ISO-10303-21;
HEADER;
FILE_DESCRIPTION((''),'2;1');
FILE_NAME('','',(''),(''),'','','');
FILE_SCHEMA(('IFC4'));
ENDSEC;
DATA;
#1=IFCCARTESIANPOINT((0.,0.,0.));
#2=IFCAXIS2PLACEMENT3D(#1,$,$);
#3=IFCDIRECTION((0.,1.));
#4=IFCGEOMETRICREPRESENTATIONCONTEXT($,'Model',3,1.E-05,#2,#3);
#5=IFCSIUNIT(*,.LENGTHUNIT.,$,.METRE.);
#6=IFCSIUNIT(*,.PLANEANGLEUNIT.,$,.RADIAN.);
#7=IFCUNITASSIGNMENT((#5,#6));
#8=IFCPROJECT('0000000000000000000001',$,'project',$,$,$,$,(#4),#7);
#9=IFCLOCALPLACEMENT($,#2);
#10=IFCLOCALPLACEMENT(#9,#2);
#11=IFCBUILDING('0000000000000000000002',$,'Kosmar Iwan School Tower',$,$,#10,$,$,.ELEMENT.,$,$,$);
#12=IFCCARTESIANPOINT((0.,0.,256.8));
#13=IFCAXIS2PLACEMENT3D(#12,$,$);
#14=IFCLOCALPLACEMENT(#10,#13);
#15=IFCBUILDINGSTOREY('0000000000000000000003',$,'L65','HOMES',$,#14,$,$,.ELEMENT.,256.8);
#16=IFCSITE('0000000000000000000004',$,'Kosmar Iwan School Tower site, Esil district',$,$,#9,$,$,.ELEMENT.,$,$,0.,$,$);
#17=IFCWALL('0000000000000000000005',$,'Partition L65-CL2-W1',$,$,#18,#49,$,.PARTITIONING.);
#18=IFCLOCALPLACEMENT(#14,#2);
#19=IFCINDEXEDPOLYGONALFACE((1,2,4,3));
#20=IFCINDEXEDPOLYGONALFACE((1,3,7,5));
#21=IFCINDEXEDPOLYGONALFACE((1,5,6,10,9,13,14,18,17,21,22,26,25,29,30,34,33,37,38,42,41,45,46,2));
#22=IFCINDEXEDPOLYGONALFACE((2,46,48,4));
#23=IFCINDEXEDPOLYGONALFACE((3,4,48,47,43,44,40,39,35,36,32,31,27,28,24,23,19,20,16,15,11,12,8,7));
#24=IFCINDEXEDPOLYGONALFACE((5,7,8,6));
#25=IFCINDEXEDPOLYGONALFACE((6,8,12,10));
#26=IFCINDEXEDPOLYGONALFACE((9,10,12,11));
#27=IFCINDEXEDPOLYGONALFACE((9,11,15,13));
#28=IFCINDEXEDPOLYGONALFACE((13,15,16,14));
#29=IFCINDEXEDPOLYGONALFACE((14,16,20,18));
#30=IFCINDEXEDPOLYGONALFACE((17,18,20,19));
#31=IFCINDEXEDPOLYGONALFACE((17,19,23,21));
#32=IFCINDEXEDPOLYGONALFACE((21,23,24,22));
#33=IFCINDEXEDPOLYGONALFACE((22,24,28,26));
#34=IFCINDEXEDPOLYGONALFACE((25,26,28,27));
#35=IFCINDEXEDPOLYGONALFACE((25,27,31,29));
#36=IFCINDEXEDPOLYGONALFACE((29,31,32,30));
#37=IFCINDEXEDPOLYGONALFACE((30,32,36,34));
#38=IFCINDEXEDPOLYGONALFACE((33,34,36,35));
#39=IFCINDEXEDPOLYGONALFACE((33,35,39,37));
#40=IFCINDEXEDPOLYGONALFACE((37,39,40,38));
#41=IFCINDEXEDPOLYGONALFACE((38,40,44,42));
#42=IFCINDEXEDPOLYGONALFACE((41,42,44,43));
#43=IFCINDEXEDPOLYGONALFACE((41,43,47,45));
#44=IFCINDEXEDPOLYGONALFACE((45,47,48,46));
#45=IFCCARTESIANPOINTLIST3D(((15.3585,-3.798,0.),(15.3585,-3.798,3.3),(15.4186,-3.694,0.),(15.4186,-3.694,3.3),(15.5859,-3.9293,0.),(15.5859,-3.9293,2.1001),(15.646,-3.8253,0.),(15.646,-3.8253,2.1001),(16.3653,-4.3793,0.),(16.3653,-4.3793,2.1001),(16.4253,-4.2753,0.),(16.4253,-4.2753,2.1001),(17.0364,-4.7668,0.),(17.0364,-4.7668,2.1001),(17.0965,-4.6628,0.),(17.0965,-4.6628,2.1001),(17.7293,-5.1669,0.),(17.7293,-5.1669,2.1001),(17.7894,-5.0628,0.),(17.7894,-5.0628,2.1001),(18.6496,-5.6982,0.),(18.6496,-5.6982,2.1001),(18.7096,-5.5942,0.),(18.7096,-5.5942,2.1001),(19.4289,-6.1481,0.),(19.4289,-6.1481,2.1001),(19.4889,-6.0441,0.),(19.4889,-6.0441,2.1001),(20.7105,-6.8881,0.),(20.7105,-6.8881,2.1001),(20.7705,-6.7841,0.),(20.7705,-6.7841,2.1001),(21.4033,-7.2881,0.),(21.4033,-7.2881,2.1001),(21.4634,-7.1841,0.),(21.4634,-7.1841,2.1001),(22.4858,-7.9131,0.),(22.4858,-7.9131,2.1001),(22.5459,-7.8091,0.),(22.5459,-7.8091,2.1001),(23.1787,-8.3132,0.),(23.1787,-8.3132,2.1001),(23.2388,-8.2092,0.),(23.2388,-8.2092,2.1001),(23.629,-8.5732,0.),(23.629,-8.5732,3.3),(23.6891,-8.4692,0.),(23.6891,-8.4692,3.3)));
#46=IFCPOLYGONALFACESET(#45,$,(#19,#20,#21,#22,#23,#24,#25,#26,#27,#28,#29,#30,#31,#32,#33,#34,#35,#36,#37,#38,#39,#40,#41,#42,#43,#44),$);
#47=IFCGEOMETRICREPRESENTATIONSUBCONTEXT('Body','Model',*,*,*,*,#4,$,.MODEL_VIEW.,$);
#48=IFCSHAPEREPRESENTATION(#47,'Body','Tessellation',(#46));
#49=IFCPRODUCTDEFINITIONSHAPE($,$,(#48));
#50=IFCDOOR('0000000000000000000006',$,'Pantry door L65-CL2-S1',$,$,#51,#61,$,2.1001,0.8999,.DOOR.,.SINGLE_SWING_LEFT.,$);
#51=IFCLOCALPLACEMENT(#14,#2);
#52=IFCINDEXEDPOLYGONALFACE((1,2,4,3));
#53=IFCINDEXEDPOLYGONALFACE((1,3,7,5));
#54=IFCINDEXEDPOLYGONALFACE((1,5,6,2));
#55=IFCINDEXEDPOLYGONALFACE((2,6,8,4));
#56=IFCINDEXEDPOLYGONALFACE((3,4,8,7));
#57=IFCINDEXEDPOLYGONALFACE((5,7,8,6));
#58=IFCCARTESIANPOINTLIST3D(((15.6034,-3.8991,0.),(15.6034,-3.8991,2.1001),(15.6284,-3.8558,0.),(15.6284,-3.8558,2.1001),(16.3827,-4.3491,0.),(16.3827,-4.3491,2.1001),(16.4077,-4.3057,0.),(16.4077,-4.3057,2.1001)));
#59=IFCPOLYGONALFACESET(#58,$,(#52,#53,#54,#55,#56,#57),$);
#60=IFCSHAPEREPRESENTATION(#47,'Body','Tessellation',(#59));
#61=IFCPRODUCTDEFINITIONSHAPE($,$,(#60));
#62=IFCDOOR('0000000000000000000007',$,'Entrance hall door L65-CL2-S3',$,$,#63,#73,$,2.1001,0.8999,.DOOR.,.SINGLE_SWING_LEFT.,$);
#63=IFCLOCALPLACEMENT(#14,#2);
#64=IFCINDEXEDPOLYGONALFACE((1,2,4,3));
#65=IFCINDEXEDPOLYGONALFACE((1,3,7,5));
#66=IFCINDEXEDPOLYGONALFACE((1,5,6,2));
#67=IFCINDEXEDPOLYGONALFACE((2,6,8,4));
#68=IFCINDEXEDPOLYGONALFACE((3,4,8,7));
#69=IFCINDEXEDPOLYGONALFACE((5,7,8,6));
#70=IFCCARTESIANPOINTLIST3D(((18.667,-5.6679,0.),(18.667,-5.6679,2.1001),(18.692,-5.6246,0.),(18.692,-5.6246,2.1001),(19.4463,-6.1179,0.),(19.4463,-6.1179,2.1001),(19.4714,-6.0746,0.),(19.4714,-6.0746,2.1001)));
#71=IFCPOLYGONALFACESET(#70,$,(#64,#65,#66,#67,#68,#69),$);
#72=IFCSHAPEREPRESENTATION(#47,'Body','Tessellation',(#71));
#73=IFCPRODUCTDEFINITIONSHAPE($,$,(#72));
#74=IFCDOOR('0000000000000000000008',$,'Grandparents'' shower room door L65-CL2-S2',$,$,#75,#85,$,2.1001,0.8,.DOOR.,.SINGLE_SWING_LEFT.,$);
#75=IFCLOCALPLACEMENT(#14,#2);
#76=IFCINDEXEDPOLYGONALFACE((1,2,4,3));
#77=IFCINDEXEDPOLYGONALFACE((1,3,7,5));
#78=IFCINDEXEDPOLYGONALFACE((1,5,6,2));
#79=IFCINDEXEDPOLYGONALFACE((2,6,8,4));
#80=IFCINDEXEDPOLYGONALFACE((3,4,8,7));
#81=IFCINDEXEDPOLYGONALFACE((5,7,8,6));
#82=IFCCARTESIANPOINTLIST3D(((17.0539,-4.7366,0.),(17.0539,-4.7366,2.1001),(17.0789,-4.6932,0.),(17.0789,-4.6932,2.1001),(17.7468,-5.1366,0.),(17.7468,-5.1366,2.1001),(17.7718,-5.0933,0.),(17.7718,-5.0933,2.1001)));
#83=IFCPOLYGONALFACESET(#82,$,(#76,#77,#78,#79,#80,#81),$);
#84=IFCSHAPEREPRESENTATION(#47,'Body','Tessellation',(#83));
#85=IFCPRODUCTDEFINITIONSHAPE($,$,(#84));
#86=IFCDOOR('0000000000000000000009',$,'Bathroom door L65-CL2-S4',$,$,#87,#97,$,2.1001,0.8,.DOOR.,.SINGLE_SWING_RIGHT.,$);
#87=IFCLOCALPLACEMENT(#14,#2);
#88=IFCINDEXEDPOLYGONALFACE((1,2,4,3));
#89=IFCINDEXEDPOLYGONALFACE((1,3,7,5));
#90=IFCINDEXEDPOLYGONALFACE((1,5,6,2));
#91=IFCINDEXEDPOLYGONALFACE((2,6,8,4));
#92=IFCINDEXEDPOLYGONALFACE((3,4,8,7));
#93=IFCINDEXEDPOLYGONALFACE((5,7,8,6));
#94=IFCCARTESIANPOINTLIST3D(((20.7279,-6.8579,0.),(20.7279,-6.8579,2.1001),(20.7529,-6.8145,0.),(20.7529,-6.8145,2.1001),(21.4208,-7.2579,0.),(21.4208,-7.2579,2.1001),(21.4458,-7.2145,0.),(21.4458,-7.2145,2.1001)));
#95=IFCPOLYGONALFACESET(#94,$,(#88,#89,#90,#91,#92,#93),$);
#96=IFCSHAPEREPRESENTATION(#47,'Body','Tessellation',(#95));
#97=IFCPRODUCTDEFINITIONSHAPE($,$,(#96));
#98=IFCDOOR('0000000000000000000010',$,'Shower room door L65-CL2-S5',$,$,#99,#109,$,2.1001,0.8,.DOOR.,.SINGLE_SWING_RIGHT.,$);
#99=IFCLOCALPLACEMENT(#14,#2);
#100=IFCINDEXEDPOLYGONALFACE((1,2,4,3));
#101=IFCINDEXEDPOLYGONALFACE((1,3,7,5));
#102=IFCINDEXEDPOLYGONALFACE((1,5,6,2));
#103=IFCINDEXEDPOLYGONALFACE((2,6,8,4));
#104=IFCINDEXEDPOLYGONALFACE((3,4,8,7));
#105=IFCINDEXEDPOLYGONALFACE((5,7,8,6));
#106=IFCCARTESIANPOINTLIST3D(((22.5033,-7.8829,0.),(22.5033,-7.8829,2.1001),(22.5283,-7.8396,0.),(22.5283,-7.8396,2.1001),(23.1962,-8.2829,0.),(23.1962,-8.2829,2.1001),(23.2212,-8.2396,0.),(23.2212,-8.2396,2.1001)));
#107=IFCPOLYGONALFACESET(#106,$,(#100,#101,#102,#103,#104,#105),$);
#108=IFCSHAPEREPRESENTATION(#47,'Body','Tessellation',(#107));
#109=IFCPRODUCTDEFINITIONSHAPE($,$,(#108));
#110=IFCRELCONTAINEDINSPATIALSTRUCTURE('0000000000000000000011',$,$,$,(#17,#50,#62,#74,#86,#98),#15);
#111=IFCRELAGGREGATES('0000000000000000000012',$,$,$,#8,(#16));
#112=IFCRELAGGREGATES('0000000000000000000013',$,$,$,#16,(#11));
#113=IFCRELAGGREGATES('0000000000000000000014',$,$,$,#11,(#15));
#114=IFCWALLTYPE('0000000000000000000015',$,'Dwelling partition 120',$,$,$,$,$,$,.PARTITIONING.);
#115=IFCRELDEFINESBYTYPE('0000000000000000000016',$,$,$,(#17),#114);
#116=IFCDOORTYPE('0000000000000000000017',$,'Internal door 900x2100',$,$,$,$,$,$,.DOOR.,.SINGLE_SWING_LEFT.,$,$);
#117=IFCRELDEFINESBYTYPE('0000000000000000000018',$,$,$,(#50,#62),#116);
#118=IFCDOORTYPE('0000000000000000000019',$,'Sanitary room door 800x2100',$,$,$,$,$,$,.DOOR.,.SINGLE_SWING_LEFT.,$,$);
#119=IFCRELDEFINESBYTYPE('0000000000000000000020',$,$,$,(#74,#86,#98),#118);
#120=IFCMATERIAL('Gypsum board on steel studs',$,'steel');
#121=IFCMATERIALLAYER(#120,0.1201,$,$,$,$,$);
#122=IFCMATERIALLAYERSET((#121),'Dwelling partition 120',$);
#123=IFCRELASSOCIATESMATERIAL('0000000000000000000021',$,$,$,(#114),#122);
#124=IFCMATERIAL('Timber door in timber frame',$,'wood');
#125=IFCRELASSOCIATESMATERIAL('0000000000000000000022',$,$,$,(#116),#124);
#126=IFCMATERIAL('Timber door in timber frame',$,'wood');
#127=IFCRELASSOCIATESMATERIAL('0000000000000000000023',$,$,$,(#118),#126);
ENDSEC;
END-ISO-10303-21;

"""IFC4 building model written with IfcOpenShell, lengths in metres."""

from ifc_helpers import new_model, si_unit, direction, frame, frame_2d, origin, place, context, subcontext, project, spatial, rectangle, extrude, material, layer, layer_set, type_object, element, fill, save


model = new_model("IFC4")

# Units and contexts
model_context = context("Model", 3, precision=1e-05, world=origin(), true_north=direction((0.0, 1.0)))
body_context = subcontext(model_context, "Body", "Model", "MODEL_VIEW")
ifc_project = project(units=[si_unit("LENGTHUNIT", "METRE"), si_unit("PLANEANGLEUNIT", "RADIAN")], contexts=[model_context])

# Site, building, storey
site_placement = place(None, origin())
site = spatial("IfcSite", under=ifc_project, at=site_placement, Name="Kosmar Iwan School Tower site, Esil district", CompositionType="ELEMENT", RefElevation=0.0)
building_placement = place(site_placement, origin())
building = spatial("IfcBuilding", under=site, at=building_placement, Name="Kosmar Iwan School Tower", CompositionType="ELEMENT")
storey_placement = place(building_placement, frame((0.0, 0.0, 256.8)))
storey = spatial("IfcBuildingStorey", under=building, at=storey_placement, Name="L65", Description="HOMES", CompositionType="ELEMENT", Elevation=256.8)

# Wall, openings, doors
ifc_material_1 = material(Name="Gypsum board on steel studs", Category="steel")
ifc_layer_1 = layer(ifc_material_1, 0.1201)
ifc_layer_set_1 = layer_set([ifc_layer_1], Name="Dwelling partition 120")
wall_type_1 = type_object("IfcWallType", Name="Dwelling partition 120", PredefinedType="PARTITIONING", material=ifc_layer_set_1)
wall_1_placement = place(storey_placement, frame((15.3887, -3.7461, 0.0), z_axis=(0.0, 0.0, 1.0), x_axis=(0.866018, -0.500013, 0.0)))
wall_1 = element("IfcWall", 1, at=wall_1_placement, inside=storey, type_object=wall_type_1, Name="Partition L65-CL2-W1", PredefinedType="PARTITIONING", context=body_context, shape_type="SweptSolid", body=[
    extrude(rectangle(XDim=9.55, YDim=0.1201, at=frame_2d((4.7749, 0.0))), origin(), (0.0, 0.0, 1.0), 3.3),
])
opening_1_placement = place(wall_1_placement, frame((0.2625, 0.0, 0.0)))
opening_1 = element("IfcOpeningElement", 2, at=opening_1_placement, cuts=wall_1, PredefinedType="OPENING", context=body_context, shape_type="SweptSolid", body=[
    extrude(rectangle(XDim=0.8999, YDim=2.1001, at=frame_2d((0.45, 1.05))), frame((0.0, 0.072, 0.0), z_axis=(0.0, -1.0, 0.0), x_axis=(1.0, 0.0, 0.0)), (0.0, 0.0, 1.0), 0.144),
])
opening_2_placement = place(wall_1_placement, frame((1.9375, 0.0, 0.0)))
opening_2 = element("IfcOpeningElement", 3, at=opening_2_placement, cuts=wall_1, PredefinedType="OPENING", context=body_context, shape_type="SweptSolid", body=[
    extrude(rectangle(XDim=0.8, YDim=2.1001, at=frame_2d((0.3999, 1.05))), frame((0.0, 0.072, 0.0), z_axis=(0.0, -1.0, 0.0), x_axis=(1.0, 0.0, 0.0)), (0.0, 0.0, 1.0), 0.144),
])
opening_3_placement = place(wall_1_placement, frame((3.8, 0.0, 0.0)))
opening_3 = element("IfcOpeningElement", 4, at=opening_3_placement, cuts=wall_1, PredefinedType="OPENING", context=body_context, shape_type="SweptSolid", body=[
    extrude(rectangle(XDim=0.8999, YDim=2.1001, at=frame_2d((0.45, 1.05))), frame((0.0, 0.072, 0.0), z_axis=(0.0, -1.0, 0.0), x_axis=(1.0, 0.0, 0.0)), (0.0, 0.0, 1.0), 0.144),
])
opening_4_placement = place(wall_1_placement, frame((6.1799, 0.0, 0.0)))
opening_4 = element("IfcOpeningElement", 5, at=opening_4_placement, cuts=wall_1, PredefinedType="OPENING", context=body_context, shape_type="SweptSolid", body=[
    extrude(rectangle(XDim=0.8, YDim=2.1001, at=frame_2d((0.3999, 1.05))), frame((0.0, 0.072, 0.0), z_axis=(0.0, -1.0, 0.0), x_axis=(1.0, 0.0, 0.0)), (0.0, 0.0, 1.0), 0.144),
])
opening_5_placement = place(wall_1_placement, frame((8.23, 0.0, 0.0)))
opening_5 = element("IfcOpeningElement", 6, at=opening_5_placement, cuts=wall_1, PredefinedType="OPENING", context=body_context, shape_type="SweptSolid", body=[
    extrude(rectangle(XDim=0.8, YDim=2.1001, at=frame_2d((0.3999, 1.05))), frame((0.0, 0.072, 0.0), z_axis=(0.0, -1.0, 0.0), x_axis=(1.0, 0.0, 0.0)), (0.0, 0.0, 1.0), 0.144),
])
ifc_material_2 = material(Name="Timber door in timber frame", Category="wood")
door_type_1 = type_object("IfcDoorType", Name="Internal door 900x2100", OperationType="SINGLE_SWING_LEFT", PredefinedType="DOOR", material=ifc_material_2)
door_1_placement = place(opening_1_placement, origin())
door_1 = element("IfcDoor", 7, at=door_1_placement, inside=storey, type_object=door_type_1, Name="Pantry door L65-CL2-S1", OperationType="SINGLE_SWING_LEFT", OverallHeight=2.1001, OverallWidth=0.8999, PredefinedType="DOOR", context=body_context, shape_type="SweptSolid", body=[
    extrude(rectangle(XDim=0.8999, YDim=2.1001, at=frame_2d((0.45, 1.05))), frame((0.0, 0.0249, 0.0), z_axis=(0.0, -1.0, 0.0), x_axis=(1.0, 0.0, 0.0)), (0.0, 0.0, 1.0), 0.05),
])
fill(opening_1, door_1)
door_2_placement = place(opening_3_placement, origin())
door_2 = element("IfcDoor", 8, at=door_2_placement, inside=storey, type_object=door_type_1, Name="Entrance hall door L65-CL2-S3", OperationType="SINGLE_SWING_LEFT", OverallHeight=2.1001, OverallWidth=0.8999, PredefinedType="DOOR", context=body_context, shape_type="SweptSolid", body=[
    extrude(rectangle(XDim=0.8999, YDim=2.1001, at=frame_2d((0.45, 1.05))), frame((0.0, 0.0249, 0.0), z_axis=(0.0, -1.0, 0.0), x_axis=(1.0, 0.0, 0.0)), (0.0, 0.0, 1.0), 0.05),
])
fill(opening_3, door_2)
ifc_material_3 = material(Name="Timber door in timber frame", Category="wood")
door_type_2 = type_object("IfcDoorType", Name="Sanitary room door 800x2100", OperationType="SINGLE_SWING_LEFT", PredefinedType="DOOR", material=ifc_material_3)
door_3_placement = place(opening_2_placement, origin())
door_3 = element("IfcDoor", 9, at=door_3_placement, inside=storey, type_object=door_type_2, Name="Grandparents' shower room door L65-CL2-S2", OperationType="SINGLE_SWING_LEFT", OverallHeight=2.1001, OverallWidth=0.8, PredefinedType="DOOR", context=body_context, shape_type="SweptSolid", body=[
    extrude(rectangle(XDim=0.8, YDim=2.1001, at=frame_2d((0.3999, 1.05))), frame((0.0, 0.0249, 0.0), z_axis=(0.0, -1.0, 0.0), x_axis=(1.0, 0.0, 0.0)), (0.0, 0.0, 1.0), 0.05),
])
fill(opening_2, door_3)
door_4_placement = place(opening_4_placement, origin())
door_4 = element("IfcDoor", 10, at=door_4_placement, inside=storey, type_object=door_type_2, Name="Bathroom door L65-CL2-S4", OperationType="SINGLE_SWING_RIGHT", OverallHeight=2.1001, OverallWidth=0.8, PredefinedType="DOOR", context=body_context, shape_type="SweptSolid", body=[
    extrude(rectangle(XDim=0.8, YDim=2.1001, at=frame_2d((0.3999, 1.05))), frame((0.0, 0.0249, 0.0), z_axis=(0.0, -1.0, 0.0), x_axis=(1.0, 0.0, 0.0)), (0.0, 0.0, 1.0), 0.05),
])
fill(opening_4, door_4)
door_5_placement = place(opening_5_placement, origin())
door_5 = element("IfcDoor", 11, at=door_5_placement, inside=storey, type_object=door_type_2, Name="Shower room door L65-CL2-S5", OperationType="SINGLE_SWING_RIGHT", OverallHeight=2.1001, OverallWidth=0.8, PredefinedType="DOOR", context=body_context, shape_type="SweptSolid", body=[
    extrude(rectangle(XDim=0.8, YDim=2.1001, at=frame_2d((0.3999, 1.05))), frame((0.0, 0.0249, 0.0), z_axis=(0.0, -1.0, 0.0), x_axis=(1.0, 0.0, 0.0)), (0.0, 0.0, 1.0), 0.05),
])
fill(opening_5, door_5)

save(model, "model.ifc")
